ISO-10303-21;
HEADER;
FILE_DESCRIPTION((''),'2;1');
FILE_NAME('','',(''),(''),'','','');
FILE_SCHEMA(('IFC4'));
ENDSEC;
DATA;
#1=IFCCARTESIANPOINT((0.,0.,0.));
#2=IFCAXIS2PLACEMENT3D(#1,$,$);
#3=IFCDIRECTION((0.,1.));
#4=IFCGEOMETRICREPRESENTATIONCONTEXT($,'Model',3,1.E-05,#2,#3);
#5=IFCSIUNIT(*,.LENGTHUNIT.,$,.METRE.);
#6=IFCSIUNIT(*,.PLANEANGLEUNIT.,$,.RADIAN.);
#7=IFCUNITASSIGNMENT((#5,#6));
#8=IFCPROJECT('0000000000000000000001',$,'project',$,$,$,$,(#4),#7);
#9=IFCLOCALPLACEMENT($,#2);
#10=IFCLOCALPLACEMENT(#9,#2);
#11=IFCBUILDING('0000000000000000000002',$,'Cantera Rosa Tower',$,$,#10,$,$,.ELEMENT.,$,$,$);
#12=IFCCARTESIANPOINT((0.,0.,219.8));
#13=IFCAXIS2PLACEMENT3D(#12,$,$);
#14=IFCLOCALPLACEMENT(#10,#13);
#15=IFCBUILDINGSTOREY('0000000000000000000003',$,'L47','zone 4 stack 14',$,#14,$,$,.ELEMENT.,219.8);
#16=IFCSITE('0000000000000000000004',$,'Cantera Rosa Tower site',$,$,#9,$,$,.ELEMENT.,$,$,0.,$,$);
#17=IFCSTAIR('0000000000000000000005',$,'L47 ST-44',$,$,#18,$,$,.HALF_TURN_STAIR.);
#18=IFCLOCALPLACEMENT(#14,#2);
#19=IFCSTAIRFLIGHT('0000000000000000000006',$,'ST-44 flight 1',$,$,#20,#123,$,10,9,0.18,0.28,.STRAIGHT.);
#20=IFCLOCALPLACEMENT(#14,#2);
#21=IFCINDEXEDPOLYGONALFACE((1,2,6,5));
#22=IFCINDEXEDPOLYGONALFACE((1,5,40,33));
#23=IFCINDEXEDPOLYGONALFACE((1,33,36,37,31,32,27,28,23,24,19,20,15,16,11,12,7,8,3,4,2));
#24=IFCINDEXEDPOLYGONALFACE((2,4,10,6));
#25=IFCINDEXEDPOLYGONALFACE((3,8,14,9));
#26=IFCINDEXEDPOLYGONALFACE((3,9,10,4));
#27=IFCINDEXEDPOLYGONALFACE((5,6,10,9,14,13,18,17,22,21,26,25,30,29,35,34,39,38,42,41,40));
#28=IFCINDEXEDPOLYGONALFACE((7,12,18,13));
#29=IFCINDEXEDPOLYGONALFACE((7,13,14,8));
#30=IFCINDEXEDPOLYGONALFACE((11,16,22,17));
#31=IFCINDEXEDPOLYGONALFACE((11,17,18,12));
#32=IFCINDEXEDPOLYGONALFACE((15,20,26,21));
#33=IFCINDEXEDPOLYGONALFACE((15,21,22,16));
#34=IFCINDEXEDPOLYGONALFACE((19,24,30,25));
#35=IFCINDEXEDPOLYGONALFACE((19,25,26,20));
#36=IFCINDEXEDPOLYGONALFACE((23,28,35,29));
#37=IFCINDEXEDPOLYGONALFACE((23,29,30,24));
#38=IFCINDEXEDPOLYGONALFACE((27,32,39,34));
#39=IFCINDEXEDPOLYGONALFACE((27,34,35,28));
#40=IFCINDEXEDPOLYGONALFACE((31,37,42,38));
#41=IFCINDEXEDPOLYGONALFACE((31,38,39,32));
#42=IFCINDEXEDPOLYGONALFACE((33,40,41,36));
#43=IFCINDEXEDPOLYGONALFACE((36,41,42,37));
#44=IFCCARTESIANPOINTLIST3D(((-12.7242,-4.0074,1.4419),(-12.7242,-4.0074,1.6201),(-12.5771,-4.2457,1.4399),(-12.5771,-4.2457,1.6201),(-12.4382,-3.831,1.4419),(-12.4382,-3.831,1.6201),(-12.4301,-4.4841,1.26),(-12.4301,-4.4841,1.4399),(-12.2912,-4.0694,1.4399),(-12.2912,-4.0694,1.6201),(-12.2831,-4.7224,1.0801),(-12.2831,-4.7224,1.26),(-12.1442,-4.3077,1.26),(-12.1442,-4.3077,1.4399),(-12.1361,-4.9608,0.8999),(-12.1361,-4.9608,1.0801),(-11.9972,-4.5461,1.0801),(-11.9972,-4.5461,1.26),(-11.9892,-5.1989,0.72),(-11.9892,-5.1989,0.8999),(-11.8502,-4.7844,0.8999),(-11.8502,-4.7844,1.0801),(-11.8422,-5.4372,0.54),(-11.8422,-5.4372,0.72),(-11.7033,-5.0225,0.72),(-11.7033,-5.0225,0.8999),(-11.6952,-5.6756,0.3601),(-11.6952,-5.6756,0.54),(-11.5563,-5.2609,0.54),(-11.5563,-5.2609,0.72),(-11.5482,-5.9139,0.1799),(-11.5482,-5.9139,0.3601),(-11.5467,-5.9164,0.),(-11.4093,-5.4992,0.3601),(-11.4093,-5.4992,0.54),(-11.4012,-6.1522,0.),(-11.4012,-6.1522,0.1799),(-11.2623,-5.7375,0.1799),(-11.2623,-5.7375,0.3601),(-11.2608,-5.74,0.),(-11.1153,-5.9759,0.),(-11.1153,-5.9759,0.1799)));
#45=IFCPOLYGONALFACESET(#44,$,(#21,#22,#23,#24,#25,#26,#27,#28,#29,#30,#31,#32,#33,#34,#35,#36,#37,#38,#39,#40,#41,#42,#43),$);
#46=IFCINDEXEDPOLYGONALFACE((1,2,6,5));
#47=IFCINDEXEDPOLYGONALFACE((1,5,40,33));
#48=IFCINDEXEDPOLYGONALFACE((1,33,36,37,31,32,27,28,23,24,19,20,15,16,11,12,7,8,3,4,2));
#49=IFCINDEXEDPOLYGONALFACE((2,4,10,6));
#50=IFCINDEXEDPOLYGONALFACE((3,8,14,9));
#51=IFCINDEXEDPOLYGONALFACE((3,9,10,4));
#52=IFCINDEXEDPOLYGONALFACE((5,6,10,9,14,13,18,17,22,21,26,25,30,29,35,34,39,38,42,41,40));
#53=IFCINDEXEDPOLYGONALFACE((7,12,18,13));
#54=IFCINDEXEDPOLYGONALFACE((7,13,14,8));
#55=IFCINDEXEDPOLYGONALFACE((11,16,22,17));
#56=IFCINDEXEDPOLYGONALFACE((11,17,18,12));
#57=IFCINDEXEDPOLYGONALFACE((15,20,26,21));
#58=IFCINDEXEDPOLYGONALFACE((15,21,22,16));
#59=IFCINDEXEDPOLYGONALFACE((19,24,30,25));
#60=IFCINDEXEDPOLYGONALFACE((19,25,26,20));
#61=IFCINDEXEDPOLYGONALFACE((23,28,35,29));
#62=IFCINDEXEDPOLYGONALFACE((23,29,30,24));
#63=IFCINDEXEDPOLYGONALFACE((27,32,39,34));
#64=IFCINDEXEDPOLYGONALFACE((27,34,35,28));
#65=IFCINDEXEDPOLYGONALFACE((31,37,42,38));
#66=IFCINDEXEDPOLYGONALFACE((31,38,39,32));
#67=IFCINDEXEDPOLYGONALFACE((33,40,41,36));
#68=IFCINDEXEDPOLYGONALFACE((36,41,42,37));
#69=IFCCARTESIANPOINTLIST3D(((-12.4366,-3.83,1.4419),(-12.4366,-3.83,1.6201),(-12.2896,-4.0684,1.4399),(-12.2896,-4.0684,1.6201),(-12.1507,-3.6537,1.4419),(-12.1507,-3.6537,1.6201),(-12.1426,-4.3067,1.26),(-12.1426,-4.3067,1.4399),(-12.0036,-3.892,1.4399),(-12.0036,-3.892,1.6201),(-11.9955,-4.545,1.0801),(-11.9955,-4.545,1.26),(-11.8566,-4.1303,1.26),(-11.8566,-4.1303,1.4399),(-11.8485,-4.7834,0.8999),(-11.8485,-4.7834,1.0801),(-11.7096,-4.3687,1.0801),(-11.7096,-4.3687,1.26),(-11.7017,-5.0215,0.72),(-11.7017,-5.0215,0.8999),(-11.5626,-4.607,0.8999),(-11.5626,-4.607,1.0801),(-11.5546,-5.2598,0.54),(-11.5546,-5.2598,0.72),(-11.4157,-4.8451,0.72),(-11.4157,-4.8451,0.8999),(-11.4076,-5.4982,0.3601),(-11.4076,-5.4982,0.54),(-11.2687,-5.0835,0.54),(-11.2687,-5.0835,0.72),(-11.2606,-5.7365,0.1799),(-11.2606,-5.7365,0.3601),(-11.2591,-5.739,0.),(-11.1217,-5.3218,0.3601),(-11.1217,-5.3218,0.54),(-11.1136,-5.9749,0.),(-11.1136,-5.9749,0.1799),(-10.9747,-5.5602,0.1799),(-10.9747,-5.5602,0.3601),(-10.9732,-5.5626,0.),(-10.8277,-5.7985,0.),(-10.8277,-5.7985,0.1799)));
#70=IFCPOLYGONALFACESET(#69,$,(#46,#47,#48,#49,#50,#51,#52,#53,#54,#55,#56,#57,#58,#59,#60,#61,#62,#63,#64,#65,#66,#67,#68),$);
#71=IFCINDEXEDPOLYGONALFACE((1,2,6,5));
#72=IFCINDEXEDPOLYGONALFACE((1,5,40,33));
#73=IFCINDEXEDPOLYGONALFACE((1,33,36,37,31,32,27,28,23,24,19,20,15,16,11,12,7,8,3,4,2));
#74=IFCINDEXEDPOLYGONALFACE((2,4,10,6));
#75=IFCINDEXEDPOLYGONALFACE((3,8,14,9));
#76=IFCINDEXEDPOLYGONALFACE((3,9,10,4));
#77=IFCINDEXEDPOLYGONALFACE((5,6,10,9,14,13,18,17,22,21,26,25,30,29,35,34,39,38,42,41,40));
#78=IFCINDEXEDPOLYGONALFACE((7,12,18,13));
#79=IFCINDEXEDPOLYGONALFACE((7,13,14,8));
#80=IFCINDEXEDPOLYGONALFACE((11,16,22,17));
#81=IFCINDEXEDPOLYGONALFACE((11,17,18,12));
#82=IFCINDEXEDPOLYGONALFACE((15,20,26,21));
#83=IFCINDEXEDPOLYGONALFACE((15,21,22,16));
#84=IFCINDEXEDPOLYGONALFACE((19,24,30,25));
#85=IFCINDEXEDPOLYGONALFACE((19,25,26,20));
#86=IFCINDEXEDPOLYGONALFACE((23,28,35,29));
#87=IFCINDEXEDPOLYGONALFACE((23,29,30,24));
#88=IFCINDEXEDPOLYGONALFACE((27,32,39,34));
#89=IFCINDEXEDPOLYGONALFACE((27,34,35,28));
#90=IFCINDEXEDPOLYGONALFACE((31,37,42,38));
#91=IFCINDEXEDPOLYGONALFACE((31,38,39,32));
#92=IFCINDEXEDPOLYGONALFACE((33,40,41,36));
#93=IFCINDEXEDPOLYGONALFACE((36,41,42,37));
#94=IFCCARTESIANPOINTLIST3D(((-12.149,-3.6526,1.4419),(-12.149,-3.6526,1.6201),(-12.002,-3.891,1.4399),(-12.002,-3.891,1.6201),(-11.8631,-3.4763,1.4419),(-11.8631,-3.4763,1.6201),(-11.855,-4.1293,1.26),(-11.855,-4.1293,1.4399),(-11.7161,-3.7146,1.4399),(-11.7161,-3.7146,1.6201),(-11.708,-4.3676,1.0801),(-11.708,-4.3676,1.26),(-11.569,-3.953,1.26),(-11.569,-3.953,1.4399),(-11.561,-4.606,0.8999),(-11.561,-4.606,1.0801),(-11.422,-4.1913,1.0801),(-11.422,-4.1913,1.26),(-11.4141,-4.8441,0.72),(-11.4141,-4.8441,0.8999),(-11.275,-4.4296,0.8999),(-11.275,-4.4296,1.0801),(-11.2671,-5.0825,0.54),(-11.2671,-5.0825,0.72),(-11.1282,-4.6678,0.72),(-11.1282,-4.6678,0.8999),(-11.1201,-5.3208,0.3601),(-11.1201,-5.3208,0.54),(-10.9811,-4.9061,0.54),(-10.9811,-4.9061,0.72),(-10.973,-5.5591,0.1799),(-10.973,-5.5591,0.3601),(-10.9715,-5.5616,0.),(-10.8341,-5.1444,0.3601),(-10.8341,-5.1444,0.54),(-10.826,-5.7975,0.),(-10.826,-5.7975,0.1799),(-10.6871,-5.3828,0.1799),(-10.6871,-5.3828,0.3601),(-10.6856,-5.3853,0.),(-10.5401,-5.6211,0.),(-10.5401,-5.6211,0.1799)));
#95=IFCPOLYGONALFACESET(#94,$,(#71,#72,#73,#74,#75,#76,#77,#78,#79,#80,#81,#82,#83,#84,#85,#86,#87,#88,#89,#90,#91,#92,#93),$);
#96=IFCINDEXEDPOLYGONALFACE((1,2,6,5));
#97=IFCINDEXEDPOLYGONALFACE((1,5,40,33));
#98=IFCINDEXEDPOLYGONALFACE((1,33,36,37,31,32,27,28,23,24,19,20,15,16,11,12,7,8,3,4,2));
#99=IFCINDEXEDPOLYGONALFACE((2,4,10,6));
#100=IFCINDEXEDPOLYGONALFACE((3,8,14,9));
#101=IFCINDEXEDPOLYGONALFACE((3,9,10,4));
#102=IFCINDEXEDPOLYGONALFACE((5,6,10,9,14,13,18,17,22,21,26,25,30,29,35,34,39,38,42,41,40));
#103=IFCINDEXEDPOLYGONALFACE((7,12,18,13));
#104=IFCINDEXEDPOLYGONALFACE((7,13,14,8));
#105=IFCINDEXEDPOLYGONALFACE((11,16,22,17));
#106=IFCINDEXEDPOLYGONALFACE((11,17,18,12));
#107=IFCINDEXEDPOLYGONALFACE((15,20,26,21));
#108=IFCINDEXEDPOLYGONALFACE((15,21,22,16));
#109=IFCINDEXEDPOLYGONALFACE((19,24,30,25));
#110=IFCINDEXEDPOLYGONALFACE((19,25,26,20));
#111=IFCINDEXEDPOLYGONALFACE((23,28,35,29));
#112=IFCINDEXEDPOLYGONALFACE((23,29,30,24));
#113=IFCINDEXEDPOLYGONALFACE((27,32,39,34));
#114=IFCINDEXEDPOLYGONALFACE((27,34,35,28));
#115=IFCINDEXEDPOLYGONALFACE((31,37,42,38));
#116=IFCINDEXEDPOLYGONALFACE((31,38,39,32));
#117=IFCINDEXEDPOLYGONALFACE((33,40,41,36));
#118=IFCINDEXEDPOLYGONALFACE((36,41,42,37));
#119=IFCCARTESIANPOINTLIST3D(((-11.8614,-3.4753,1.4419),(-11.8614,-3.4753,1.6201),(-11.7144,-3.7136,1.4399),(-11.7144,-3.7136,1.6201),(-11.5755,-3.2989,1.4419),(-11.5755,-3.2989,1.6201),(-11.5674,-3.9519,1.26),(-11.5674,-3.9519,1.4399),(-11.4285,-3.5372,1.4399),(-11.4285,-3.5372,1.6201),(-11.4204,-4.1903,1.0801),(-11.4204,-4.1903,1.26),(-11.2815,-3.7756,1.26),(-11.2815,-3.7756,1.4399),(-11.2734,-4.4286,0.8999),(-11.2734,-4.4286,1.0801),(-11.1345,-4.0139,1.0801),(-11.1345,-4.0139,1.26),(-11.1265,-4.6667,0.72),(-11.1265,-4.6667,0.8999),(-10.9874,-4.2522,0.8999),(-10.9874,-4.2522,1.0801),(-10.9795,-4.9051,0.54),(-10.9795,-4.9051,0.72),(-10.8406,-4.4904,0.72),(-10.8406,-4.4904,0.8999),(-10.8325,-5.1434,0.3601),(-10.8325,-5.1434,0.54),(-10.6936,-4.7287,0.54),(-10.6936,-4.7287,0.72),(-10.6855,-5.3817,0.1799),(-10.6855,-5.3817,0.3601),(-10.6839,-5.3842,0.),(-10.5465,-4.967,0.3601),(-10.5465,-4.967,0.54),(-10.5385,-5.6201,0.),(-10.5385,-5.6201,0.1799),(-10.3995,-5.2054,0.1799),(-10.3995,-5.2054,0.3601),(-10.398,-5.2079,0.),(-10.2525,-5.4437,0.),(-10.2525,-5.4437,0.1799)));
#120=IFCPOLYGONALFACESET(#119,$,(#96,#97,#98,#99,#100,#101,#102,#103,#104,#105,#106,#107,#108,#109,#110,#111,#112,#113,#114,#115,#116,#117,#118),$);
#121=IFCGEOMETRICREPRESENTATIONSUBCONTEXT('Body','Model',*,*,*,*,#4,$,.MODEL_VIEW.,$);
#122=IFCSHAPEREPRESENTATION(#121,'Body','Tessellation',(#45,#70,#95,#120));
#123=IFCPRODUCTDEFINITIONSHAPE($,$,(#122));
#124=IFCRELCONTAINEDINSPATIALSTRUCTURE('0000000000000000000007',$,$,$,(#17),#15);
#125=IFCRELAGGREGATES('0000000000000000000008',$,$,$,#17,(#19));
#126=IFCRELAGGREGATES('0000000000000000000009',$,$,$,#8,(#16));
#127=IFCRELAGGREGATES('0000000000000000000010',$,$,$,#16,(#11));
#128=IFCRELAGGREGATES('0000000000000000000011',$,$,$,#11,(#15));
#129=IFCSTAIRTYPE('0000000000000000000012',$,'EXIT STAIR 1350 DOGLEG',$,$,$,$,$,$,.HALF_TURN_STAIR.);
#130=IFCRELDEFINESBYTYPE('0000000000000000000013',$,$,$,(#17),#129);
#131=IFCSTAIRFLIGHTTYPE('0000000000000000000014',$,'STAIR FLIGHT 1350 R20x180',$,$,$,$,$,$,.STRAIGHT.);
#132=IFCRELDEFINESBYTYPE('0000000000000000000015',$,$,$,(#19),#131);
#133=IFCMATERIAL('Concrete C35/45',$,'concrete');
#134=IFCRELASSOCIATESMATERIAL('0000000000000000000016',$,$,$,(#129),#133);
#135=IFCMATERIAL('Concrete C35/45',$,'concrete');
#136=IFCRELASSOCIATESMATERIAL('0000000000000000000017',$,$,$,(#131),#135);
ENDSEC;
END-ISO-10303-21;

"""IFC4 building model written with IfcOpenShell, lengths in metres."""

from ifc_helpers import new_model, si_unit, direction, frame, origin, place, context, subcontext, project, spatial, polyline, outline, extrude, material, type_object, element, aggregate, save


model = new_model("IFC4")

# Units and contexts
model_context = context("Model", 3, precision=1e-05, world=origin(), true_north=direction((0.0, 1.0)))
body_context = subcontext(model_context, "Body", "Model", "MODEL_VIEW")
ifc_project = project(units=[si_unit("LENGTHUNIT", "METRE"), si_unit("PLANEANGLEUNIT", "RADIAN")], contexts=[model_context])

# Site, building, storey
site_placement = place(None, origin())
site = spatial("IfcSite", under=ifc_project, at=site_placement, Name="Cantera Rosa Tower site", CompositionType="ELEMENT", RefElevation=0.0)
building_placement = place(site_placement, origin())
building = spatial("IfcBuilding", under=site, at=building_placement, Name="Cantera Rosa Tower", CompositionType="ELEMENT")
storey_placement = place(building_placement, frame((0.0, 0.0, 219.8)))
storey = spatial("IfcBuildingStorey", under=building, at=storey_placement, Name="L47", Description="zone 4 stack 14", CompositionType="ELEMENT", Elevation=219.8)

# Shared definitions
ifc_material_1 = material(Name="Concrete C35/45", Category="concrete")
stair_type = type_object("IfcStairType", Name="EXIT STAIR 1350 DOGLEG", PredefinedType="HALF_TURN_STAIR", material=ifc_material_1)
ifc_material_2 = material(Name="Concrete C35/45", Category="concrete")
stair_flight_type = type_object("IfcStairFlightType", Name="STAIR FLIGHT 1350 R20x180", PredefinedType="STRAIGHT", material=ifc_material_2)

# Stair, stair flight
stair_1_placement = place(storey_placement, origin())
stair_1 = element("IfcStair", 1, at=stair_1_placement, inside=storey, type_object=stair_type, Name="L47 ST-44", PredefinedType="HALF_TURN_STAIR")
stair_flight_1_placement = place(storey_placement, frame((-10.8267, -5.7979, 0.0), z_axis=(0.0, 0.0, 1.0), x_axis=(-0.524977, 0.851117, 0.0)))
stair_flight_1 = element("IfcStairFlight", 2, at=stair_flight_1_placement, type_object=stair_flight_type, Name="ST-44 flight 1", NumberOfRisers=10, NumberOfTreads=9, PredefinedType="STRAIGHT", RiserHeight=0.18, TreadLength=0.28, context=body_context, shape_type="SweptSolid", body=[
    extrude(outline(polyline([(0.0, 0.0), (0.0, 0.1799), (0.28, 0.1799), (0.28, 0.3601), (0.5601, 0.3601), (0.5601, 0.54), (0.8401, 0.54), (0.8401, 0.72), (1.1201, 0.72), (1.1201, 0.8999), (1.3999, 0.8999), (1.3999, 1.0801), (1.6799, 1.0801), (1.6799, 1.26), (1.96, 1.26), (1.96, 1.4399), (2.24, 1.4399), (2.24, 1.6201), (2.52, 1.6201), (2.52, 1.8), (2.52, 1.4419), (0.2771, 0.0), (0.0, 0.0)])), frame((0.0, 0.675, 0.0), z_axis=(0.0, -1.0, 0.0), x_axis=(1.0, 0.0, 0.0)), (0.0, 0.0, 1.0), 0.3359),
    extrude(outline(polyline([(0.0, 0.0), (0.0, 0.1799), (0.28, 0.1799), (0.28, 0.3601), (0.5601, 0.3601), (0.5601, 0.54), (0.8401, 0.54), (0.8401, 0.72), (1.1201, 0.72), (1.1201, 0.8999), (1.3999, 0.8999), (1.3999, 1.0801), (1.6799, 1.0801), (1.6799, 1.26), (1.96, 1.26), (1.96, 1.4399), (2.24, 1.4399), (2.24, 1.6201), (2.52, 1.6201), (2.52, 1.8), (2.52, 1.4419), (0.2771, 0.0), (0.0, 0.0)])), frame((0.0, 0.3372, 0.0), z_axis=(0.0, -1.0, 0.0), x_axis=(1.0, 0.0, 0.0)), (0.0, 0.0, 1.0), 0.3359),
    extrude(outline(polyline([(0.0, 0.0), (0.0, 0.1799), (0.28, 0.1799), (0.28, 0.3601), (0.5601, 0.3601), (0.5601, 0.54), (0.8401, 0.54), (0.8401, 0.72), (1.1201, 0.72), (1.1201, 0.8999), (1.3999, 0.8999), (1.3999, 1.0801), (1.6799, 1.0801), (1.6799, 1.26), (1.96, 1.26), (1.96, 1.4399), (2.24, 1.4399), (2.24, 1.6201), (2.52, 1.6201), (2.52, 1.8), (2.52, 1.4419), (0.2771, 0.0), (0.0, 0.0)])), frame((0.0, -0.0007, 0.0), z_axis=(0.0, -1.0, 0.0), x_axis=(1.0, 0.0, 0.0)), (0.0, 0.0, 1.0), 0.3359),
    extrude(outline(polyline([(0.0, 0.0), (0.0, 0.1799), (0.28, 0.1799), (0.28, 0.3601), (0.5601, 0.3601), (0.5601, 0.54), (0.8401, 0.54), (0.8401, 0.72), (1.1201, 0.72), (1.1201, 0.8999), (1.3999, 0.8999), (1.3999, 1.0801), (1.6799, 1.0801), (1.6799, 1.26), (1.96, 1.26), (1.96, 1.4399), (2.24, 1.4399), (2.24, 1.6201), (2.52, 1.6201), (2.52, 1.8), (2.52, 1.4419), (0.2771, 0.0), (0.0, 0.0)])), frame((0.0, -0.3386, 0.0), z_axis=(0.0, -1.0, 0.0), x_axis=(1.0, 0.0, 0.0)), (0.0, 0.0, 1.0), 0.3359),
])
aggregate(stair_1, [stair_flight_1])

save(model, "model.ifc")
